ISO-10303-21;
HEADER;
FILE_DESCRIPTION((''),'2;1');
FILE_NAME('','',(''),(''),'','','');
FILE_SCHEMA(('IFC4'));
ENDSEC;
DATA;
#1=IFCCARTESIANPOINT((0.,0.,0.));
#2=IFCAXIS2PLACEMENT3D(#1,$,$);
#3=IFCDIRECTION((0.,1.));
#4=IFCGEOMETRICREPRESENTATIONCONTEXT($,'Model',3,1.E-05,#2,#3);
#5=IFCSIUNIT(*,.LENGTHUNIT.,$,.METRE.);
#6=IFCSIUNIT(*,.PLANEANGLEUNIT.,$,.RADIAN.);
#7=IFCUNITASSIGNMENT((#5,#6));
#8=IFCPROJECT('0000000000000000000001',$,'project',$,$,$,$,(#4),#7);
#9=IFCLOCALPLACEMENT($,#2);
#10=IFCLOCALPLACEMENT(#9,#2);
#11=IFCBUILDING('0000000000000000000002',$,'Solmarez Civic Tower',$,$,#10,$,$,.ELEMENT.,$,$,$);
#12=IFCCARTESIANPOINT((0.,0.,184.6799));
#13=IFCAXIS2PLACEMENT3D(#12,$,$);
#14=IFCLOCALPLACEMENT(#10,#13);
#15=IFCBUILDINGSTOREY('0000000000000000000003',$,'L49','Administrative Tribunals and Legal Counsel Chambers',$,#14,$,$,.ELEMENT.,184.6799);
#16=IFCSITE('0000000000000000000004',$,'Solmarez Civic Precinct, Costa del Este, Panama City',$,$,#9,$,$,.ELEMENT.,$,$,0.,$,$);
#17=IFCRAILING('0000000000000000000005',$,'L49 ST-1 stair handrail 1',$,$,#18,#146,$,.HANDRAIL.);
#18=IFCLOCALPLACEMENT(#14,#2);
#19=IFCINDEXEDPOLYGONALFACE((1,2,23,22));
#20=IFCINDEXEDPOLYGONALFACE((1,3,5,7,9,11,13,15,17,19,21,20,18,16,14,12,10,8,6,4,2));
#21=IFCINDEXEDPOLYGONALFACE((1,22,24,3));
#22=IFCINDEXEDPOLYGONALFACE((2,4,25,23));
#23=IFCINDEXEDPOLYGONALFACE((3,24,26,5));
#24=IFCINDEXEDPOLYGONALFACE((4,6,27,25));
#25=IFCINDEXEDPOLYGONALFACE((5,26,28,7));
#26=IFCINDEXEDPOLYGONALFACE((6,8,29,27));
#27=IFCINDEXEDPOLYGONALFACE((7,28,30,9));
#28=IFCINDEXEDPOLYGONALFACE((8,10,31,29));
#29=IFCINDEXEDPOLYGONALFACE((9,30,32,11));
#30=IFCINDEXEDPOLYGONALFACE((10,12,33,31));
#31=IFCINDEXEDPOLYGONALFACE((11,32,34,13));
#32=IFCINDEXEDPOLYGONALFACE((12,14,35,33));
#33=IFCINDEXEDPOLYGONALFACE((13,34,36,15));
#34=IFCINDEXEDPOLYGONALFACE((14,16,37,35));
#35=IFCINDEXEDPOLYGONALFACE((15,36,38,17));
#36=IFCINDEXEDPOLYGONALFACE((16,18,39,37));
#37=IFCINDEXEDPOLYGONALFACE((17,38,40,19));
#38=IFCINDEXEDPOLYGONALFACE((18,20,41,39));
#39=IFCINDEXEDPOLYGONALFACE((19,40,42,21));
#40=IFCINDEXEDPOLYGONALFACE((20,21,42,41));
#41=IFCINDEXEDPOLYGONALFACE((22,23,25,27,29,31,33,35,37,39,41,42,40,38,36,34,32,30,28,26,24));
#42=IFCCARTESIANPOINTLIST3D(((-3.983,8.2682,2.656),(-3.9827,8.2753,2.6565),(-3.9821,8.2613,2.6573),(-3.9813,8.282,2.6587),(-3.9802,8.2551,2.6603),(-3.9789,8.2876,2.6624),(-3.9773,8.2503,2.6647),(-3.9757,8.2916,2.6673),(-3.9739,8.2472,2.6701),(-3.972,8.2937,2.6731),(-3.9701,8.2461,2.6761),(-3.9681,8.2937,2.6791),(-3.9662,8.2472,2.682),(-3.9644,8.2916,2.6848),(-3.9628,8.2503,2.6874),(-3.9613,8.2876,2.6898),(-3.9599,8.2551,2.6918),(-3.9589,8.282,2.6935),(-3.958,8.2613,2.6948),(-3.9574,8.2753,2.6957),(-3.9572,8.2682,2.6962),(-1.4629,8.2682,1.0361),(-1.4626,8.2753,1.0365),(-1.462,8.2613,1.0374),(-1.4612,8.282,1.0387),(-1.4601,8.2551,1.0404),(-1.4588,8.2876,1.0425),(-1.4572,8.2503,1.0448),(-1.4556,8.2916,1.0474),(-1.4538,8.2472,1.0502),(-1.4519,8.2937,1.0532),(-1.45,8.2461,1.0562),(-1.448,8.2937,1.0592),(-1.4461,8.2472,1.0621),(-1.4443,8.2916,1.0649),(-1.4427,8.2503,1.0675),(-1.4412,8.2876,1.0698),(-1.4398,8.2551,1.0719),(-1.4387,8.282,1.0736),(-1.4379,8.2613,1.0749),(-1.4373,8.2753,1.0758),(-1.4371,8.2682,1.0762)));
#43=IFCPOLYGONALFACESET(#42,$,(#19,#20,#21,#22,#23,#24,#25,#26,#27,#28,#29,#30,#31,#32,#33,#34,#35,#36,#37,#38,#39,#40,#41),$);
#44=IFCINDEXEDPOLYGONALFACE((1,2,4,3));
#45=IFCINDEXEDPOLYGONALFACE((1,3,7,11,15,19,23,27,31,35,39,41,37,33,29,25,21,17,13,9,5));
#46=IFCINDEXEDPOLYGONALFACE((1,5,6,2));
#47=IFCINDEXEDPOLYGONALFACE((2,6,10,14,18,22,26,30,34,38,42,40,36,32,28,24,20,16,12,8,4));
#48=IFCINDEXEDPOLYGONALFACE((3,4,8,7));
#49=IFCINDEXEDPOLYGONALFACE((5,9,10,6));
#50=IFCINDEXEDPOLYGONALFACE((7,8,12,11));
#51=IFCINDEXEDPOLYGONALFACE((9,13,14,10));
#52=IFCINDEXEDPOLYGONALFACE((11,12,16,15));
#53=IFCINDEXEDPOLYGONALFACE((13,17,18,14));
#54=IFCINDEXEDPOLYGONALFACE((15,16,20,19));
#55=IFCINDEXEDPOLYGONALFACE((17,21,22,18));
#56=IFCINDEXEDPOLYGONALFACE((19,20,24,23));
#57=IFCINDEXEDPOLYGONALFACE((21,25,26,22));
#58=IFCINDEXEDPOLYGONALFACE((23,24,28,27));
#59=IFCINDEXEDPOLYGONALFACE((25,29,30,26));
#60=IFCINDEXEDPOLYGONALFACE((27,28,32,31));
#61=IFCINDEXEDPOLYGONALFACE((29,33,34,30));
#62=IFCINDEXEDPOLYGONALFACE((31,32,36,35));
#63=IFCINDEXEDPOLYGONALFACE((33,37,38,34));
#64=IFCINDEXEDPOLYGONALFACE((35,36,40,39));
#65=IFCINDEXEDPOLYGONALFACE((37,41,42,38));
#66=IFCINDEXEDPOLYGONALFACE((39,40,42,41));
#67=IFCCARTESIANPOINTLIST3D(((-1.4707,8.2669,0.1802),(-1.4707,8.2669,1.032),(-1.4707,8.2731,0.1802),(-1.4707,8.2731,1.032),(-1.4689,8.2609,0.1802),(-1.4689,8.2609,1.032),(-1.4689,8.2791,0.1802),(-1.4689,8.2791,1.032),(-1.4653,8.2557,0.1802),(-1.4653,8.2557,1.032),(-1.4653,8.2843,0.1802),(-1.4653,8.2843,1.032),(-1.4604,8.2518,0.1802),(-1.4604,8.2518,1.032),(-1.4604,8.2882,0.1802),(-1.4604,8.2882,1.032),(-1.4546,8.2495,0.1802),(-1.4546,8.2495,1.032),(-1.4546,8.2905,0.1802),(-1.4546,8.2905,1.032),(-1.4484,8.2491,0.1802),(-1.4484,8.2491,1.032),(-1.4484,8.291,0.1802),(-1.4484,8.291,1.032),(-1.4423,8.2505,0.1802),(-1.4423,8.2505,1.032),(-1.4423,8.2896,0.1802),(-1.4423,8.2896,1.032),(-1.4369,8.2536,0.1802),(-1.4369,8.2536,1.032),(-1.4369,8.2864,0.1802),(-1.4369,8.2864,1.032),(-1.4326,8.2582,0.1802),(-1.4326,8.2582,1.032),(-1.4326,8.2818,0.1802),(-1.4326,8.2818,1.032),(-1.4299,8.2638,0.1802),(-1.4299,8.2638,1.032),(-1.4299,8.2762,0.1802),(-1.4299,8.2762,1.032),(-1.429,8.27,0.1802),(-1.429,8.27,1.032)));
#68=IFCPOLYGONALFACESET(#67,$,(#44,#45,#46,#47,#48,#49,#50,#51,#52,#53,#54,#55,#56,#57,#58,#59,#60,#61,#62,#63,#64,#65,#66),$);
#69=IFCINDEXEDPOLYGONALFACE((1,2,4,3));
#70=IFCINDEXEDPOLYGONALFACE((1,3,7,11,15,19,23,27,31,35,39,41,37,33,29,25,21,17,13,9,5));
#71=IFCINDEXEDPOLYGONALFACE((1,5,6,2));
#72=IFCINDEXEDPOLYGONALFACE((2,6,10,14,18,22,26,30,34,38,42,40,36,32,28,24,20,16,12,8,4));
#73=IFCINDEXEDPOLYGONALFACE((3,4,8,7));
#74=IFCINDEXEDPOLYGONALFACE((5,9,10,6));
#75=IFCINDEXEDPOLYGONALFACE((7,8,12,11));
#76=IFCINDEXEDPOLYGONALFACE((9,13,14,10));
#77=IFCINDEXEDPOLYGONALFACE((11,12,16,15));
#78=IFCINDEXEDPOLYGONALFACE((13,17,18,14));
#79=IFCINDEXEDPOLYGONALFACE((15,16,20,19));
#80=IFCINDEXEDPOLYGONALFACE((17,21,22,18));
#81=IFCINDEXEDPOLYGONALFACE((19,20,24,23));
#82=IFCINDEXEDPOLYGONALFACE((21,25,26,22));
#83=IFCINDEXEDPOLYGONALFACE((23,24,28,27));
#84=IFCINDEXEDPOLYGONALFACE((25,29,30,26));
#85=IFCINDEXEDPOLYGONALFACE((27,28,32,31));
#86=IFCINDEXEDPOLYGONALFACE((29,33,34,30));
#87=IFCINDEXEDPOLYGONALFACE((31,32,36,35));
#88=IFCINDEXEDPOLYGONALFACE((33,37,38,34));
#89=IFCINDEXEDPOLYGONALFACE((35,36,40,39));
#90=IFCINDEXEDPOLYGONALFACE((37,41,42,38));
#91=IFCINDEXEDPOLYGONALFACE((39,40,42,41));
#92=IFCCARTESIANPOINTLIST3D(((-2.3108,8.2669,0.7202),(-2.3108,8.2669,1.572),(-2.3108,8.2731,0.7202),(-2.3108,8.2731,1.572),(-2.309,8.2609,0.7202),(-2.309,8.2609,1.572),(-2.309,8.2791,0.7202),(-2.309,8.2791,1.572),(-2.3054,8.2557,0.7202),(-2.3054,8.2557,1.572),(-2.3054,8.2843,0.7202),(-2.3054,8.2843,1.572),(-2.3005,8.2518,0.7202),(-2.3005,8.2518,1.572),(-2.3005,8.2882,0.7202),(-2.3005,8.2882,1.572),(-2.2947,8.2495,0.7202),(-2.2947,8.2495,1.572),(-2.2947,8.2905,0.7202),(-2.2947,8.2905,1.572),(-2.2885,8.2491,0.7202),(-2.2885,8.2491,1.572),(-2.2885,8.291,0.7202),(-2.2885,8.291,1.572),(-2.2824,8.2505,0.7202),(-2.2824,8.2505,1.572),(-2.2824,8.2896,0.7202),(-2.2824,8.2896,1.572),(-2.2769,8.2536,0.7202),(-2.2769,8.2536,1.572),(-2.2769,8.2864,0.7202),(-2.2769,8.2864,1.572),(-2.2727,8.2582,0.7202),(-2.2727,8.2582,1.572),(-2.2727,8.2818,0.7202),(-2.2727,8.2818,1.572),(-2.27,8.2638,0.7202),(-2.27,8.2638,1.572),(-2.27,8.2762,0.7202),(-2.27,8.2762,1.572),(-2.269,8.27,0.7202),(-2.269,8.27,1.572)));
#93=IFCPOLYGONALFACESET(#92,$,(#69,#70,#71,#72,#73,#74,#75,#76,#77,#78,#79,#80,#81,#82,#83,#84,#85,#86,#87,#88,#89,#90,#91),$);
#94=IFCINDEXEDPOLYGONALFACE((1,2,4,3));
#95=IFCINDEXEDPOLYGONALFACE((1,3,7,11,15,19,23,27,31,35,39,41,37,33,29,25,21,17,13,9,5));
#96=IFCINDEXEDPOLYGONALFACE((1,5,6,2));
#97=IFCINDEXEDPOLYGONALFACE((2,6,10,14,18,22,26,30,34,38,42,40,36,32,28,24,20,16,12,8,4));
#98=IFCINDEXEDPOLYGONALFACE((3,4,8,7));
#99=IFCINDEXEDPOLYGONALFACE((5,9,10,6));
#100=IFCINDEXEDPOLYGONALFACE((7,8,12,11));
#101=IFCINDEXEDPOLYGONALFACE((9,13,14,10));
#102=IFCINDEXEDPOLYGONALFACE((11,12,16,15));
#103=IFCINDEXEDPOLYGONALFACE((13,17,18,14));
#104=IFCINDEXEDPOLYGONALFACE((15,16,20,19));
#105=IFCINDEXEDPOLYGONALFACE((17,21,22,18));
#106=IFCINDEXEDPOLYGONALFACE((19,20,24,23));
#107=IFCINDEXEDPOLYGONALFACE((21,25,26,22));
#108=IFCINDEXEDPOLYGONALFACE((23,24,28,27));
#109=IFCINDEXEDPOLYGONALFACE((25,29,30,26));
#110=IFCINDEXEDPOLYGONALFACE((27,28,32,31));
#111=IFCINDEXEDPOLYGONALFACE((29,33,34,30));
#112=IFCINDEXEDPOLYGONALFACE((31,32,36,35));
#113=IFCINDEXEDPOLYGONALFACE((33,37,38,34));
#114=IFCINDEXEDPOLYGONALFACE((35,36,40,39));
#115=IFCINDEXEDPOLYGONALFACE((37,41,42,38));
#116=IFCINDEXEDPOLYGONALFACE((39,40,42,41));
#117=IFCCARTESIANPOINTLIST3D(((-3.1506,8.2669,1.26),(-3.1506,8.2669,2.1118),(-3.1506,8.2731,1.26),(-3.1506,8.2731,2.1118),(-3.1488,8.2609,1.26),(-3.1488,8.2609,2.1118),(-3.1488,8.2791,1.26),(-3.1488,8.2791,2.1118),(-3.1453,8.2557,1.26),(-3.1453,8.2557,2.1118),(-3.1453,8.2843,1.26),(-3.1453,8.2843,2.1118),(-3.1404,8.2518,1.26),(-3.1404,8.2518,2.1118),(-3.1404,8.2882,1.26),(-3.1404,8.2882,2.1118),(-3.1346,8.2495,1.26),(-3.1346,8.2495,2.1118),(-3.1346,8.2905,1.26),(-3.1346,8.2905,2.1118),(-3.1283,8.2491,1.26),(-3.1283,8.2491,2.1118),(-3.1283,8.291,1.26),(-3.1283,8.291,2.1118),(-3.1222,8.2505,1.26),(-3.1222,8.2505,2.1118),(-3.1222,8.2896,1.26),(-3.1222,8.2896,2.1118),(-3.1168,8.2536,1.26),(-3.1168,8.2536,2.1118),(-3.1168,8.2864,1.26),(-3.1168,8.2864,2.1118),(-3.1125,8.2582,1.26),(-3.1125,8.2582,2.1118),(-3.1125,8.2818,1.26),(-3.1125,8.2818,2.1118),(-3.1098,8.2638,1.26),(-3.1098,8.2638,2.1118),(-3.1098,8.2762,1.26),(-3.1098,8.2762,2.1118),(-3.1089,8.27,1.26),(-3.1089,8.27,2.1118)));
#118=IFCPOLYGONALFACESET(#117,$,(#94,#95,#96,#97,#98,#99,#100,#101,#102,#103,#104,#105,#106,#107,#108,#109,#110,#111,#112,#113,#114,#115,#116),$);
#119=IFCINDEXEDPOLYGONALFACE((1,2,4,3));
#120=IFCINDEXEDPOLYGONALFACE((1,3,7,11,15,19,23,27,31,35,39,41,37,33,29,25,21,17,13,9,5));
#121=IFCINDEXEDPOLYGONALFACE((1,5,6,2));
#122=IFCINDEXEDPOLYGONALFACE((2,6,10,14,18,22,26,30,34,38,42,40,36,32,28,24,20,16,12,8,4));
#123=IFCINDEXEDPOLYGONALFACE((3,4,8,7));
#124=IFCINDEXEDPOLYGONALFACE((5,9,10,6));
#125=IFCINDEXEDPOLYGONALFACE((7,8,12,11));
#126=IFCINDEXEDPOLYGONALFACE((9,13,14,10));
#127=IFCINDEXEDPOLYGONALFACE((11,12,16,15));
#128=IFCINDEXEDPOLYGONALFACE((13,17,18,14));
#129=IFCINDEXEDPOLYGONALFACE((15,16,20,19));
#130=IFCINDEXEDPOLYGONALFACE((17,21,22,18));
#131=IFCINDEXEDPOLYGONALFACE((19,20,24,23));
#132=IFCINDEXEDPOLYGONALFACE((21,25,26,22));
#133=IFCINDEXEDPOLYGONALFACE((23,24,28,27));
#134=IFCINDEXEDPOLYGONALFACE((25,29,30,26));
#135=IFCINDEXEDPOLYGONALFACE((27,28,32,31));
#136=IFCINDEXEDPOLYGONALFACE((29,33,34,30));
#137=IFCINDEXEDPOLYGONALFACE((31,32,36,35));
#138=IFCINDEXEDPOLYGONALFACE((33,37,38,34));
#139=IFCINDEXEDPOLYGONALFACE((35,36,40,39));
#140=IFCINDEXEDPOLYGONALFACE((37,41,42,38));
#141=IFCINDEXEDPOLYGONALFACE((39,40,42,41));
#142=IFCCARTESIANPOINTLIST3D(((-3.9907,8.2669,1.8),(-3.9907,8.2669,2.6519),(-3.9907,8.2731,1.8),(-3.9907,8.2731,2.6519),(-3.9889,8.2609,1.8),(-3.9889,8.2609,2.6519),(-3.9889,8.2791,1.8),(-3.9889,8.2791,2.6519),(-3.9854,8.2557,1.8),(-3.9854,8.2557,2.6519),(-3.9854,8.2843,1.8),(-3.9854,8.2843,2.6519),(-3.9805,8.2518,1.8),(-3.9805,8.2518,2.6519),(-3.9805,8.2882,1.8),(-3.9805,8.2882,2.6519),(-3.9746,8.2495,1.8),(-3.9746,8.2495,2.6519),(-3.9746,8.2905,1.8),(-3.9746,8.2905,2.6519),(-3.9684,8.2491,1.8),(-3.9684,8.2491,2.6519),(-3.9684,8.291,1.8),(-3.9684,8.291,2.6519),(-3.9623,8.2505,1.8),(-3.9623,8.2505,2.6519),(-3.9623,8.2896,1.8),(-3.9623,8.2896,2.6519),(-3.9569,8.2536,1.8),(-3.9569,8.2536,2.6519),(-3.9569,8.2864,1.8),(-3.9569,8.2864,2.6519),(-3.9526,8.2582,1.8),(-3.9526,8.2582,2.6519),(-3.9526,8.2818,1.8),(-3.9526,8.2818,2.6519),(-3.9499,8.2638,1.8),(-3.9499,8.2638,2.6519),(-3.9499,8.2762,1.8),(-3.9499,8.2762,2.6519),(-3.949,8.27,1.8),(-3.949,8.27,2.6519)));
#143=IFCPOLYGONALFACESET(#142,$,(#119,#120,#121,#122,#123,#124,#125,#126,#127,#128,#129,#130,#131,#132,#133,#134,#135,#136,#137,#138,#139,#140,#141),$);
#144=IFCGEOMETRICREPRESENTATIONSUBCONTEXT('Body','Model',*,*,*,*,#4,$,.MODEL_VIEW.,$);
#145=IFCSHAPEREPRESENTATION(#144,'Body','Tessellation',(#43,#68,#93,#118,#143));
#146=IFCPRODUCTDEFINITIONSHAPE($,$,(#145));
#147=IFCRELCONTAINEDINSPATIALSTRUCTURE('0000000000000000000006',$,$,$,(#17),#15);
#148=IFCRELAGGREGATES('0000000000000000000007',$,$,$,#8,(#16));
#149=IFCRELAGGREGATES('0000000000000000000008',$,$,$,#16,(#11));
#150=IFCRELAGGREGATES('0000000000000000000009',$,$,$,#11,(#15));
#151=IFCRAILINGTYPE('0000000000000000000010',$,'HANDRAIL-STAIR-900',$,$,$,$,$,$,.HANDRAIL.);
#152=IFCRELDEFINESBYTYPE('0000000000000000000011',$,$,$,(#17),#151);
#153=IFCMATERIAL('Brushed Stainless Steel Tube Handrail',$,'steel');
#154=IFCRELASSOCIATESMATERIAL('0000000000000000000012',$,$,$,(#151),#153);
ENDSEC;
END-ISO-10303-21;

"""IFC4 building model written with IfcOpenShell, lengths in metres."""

from ifc_helpers import new_model, si_unit, direction, frame, origin, origin_2d, place, context, subcontext, project, spatial, circle, extrude, material, type_object, element, save


model = new_model("IFC4")

# Units and contexts
model_context = context("Model", 3, precision=1e-05, world=origin(), true_north=direction((0.0, 1.0)))
body_context = subcontext(model_context, "Body", "Model", "MODEL_VIEW")
ifc_project = project(units=[si_unit("LENGTHUNIT", "METRE"), si_unit("PLANEANGLEUNIT", "RADIAN")], contexts=[model_context])

# Site, building, storey
site_placement = place(None, origin())
site = spatial("IfcSite", under=ifc_project, at=site_placement, Name="Solmarez Civic Precinct, Costa del Este, Panama City", CompositionType="ELEMENT", RefElevation=0.0)
building_placement = place(site_placement, origin())
building = spatial("IfcBuilding", under=site, at=building_placement, Name="Solmarez Civic Tower", CompositionType="ELEMENT")
storey_placement = place(building_placement, frame((0.0, 0.0, 184.6799)))
storey = spatial("IfcBuildingStorey", under=building, at=storey_placement, Name="L49", Description="Administrative Tribunals and Legal Counsel Chambers", CompositionType="ELEMENT", Elevation=184.6799)

# Railing
ifc_material_1 = material(Name="Brushed Stainless Steel Tube Handrail", Category="steel")
railing_type_1 = type_object("IfcRailingType", Name="HANDRAIL-STAIR-900", PredefinedType="HANDRAIL", material=ifc_material_1)
railing_1_placement = place(storey_placement, frame((-1.45, 8.27, 0.1802)))
element("IfcRailing", 1, at=railing_1_placement, inside=storey, type_object=railing_type_1, Name="L49 ST-1 stair handrail 1", PredefinedType="HANDRAIL", context=body_context, shape_type="SweptSolid", body=[
    extrude(circle(Radius=0.0239, at=origin_2d()), frame((0.0, 0.0, 0.876), z_axis=(-0.8412, 0.0, 0.540725), x_axis=(0.0, -1.0, 0.0)), (0.0, 0.0, 1.0), 2.9958),
    extrude(circle(Radius=0.021, at=origin_2d()), origin(), (0.0, 0.0, 1.0), 0.8518),
    extrude(circle(Radius=0.021, at=origin_2d()), frame((-0.8401, 0.0, 0.54)), (0.0, 0.0, 1.0), 0.8518),
    extrude(circle(Radius=0.021, at=origin_2d()), frame((-1.6799, 0.0, 1.0798)), (0.0, 0.0, 1.0), 0.8518),
    extrude(circle(Radius=0.021, at=origin_2d()), frame((-2.52, 0.0, 1.6199)), (0.0, 0.0, 1.0), 0.8518),
])

save(model, "model.ifc")
